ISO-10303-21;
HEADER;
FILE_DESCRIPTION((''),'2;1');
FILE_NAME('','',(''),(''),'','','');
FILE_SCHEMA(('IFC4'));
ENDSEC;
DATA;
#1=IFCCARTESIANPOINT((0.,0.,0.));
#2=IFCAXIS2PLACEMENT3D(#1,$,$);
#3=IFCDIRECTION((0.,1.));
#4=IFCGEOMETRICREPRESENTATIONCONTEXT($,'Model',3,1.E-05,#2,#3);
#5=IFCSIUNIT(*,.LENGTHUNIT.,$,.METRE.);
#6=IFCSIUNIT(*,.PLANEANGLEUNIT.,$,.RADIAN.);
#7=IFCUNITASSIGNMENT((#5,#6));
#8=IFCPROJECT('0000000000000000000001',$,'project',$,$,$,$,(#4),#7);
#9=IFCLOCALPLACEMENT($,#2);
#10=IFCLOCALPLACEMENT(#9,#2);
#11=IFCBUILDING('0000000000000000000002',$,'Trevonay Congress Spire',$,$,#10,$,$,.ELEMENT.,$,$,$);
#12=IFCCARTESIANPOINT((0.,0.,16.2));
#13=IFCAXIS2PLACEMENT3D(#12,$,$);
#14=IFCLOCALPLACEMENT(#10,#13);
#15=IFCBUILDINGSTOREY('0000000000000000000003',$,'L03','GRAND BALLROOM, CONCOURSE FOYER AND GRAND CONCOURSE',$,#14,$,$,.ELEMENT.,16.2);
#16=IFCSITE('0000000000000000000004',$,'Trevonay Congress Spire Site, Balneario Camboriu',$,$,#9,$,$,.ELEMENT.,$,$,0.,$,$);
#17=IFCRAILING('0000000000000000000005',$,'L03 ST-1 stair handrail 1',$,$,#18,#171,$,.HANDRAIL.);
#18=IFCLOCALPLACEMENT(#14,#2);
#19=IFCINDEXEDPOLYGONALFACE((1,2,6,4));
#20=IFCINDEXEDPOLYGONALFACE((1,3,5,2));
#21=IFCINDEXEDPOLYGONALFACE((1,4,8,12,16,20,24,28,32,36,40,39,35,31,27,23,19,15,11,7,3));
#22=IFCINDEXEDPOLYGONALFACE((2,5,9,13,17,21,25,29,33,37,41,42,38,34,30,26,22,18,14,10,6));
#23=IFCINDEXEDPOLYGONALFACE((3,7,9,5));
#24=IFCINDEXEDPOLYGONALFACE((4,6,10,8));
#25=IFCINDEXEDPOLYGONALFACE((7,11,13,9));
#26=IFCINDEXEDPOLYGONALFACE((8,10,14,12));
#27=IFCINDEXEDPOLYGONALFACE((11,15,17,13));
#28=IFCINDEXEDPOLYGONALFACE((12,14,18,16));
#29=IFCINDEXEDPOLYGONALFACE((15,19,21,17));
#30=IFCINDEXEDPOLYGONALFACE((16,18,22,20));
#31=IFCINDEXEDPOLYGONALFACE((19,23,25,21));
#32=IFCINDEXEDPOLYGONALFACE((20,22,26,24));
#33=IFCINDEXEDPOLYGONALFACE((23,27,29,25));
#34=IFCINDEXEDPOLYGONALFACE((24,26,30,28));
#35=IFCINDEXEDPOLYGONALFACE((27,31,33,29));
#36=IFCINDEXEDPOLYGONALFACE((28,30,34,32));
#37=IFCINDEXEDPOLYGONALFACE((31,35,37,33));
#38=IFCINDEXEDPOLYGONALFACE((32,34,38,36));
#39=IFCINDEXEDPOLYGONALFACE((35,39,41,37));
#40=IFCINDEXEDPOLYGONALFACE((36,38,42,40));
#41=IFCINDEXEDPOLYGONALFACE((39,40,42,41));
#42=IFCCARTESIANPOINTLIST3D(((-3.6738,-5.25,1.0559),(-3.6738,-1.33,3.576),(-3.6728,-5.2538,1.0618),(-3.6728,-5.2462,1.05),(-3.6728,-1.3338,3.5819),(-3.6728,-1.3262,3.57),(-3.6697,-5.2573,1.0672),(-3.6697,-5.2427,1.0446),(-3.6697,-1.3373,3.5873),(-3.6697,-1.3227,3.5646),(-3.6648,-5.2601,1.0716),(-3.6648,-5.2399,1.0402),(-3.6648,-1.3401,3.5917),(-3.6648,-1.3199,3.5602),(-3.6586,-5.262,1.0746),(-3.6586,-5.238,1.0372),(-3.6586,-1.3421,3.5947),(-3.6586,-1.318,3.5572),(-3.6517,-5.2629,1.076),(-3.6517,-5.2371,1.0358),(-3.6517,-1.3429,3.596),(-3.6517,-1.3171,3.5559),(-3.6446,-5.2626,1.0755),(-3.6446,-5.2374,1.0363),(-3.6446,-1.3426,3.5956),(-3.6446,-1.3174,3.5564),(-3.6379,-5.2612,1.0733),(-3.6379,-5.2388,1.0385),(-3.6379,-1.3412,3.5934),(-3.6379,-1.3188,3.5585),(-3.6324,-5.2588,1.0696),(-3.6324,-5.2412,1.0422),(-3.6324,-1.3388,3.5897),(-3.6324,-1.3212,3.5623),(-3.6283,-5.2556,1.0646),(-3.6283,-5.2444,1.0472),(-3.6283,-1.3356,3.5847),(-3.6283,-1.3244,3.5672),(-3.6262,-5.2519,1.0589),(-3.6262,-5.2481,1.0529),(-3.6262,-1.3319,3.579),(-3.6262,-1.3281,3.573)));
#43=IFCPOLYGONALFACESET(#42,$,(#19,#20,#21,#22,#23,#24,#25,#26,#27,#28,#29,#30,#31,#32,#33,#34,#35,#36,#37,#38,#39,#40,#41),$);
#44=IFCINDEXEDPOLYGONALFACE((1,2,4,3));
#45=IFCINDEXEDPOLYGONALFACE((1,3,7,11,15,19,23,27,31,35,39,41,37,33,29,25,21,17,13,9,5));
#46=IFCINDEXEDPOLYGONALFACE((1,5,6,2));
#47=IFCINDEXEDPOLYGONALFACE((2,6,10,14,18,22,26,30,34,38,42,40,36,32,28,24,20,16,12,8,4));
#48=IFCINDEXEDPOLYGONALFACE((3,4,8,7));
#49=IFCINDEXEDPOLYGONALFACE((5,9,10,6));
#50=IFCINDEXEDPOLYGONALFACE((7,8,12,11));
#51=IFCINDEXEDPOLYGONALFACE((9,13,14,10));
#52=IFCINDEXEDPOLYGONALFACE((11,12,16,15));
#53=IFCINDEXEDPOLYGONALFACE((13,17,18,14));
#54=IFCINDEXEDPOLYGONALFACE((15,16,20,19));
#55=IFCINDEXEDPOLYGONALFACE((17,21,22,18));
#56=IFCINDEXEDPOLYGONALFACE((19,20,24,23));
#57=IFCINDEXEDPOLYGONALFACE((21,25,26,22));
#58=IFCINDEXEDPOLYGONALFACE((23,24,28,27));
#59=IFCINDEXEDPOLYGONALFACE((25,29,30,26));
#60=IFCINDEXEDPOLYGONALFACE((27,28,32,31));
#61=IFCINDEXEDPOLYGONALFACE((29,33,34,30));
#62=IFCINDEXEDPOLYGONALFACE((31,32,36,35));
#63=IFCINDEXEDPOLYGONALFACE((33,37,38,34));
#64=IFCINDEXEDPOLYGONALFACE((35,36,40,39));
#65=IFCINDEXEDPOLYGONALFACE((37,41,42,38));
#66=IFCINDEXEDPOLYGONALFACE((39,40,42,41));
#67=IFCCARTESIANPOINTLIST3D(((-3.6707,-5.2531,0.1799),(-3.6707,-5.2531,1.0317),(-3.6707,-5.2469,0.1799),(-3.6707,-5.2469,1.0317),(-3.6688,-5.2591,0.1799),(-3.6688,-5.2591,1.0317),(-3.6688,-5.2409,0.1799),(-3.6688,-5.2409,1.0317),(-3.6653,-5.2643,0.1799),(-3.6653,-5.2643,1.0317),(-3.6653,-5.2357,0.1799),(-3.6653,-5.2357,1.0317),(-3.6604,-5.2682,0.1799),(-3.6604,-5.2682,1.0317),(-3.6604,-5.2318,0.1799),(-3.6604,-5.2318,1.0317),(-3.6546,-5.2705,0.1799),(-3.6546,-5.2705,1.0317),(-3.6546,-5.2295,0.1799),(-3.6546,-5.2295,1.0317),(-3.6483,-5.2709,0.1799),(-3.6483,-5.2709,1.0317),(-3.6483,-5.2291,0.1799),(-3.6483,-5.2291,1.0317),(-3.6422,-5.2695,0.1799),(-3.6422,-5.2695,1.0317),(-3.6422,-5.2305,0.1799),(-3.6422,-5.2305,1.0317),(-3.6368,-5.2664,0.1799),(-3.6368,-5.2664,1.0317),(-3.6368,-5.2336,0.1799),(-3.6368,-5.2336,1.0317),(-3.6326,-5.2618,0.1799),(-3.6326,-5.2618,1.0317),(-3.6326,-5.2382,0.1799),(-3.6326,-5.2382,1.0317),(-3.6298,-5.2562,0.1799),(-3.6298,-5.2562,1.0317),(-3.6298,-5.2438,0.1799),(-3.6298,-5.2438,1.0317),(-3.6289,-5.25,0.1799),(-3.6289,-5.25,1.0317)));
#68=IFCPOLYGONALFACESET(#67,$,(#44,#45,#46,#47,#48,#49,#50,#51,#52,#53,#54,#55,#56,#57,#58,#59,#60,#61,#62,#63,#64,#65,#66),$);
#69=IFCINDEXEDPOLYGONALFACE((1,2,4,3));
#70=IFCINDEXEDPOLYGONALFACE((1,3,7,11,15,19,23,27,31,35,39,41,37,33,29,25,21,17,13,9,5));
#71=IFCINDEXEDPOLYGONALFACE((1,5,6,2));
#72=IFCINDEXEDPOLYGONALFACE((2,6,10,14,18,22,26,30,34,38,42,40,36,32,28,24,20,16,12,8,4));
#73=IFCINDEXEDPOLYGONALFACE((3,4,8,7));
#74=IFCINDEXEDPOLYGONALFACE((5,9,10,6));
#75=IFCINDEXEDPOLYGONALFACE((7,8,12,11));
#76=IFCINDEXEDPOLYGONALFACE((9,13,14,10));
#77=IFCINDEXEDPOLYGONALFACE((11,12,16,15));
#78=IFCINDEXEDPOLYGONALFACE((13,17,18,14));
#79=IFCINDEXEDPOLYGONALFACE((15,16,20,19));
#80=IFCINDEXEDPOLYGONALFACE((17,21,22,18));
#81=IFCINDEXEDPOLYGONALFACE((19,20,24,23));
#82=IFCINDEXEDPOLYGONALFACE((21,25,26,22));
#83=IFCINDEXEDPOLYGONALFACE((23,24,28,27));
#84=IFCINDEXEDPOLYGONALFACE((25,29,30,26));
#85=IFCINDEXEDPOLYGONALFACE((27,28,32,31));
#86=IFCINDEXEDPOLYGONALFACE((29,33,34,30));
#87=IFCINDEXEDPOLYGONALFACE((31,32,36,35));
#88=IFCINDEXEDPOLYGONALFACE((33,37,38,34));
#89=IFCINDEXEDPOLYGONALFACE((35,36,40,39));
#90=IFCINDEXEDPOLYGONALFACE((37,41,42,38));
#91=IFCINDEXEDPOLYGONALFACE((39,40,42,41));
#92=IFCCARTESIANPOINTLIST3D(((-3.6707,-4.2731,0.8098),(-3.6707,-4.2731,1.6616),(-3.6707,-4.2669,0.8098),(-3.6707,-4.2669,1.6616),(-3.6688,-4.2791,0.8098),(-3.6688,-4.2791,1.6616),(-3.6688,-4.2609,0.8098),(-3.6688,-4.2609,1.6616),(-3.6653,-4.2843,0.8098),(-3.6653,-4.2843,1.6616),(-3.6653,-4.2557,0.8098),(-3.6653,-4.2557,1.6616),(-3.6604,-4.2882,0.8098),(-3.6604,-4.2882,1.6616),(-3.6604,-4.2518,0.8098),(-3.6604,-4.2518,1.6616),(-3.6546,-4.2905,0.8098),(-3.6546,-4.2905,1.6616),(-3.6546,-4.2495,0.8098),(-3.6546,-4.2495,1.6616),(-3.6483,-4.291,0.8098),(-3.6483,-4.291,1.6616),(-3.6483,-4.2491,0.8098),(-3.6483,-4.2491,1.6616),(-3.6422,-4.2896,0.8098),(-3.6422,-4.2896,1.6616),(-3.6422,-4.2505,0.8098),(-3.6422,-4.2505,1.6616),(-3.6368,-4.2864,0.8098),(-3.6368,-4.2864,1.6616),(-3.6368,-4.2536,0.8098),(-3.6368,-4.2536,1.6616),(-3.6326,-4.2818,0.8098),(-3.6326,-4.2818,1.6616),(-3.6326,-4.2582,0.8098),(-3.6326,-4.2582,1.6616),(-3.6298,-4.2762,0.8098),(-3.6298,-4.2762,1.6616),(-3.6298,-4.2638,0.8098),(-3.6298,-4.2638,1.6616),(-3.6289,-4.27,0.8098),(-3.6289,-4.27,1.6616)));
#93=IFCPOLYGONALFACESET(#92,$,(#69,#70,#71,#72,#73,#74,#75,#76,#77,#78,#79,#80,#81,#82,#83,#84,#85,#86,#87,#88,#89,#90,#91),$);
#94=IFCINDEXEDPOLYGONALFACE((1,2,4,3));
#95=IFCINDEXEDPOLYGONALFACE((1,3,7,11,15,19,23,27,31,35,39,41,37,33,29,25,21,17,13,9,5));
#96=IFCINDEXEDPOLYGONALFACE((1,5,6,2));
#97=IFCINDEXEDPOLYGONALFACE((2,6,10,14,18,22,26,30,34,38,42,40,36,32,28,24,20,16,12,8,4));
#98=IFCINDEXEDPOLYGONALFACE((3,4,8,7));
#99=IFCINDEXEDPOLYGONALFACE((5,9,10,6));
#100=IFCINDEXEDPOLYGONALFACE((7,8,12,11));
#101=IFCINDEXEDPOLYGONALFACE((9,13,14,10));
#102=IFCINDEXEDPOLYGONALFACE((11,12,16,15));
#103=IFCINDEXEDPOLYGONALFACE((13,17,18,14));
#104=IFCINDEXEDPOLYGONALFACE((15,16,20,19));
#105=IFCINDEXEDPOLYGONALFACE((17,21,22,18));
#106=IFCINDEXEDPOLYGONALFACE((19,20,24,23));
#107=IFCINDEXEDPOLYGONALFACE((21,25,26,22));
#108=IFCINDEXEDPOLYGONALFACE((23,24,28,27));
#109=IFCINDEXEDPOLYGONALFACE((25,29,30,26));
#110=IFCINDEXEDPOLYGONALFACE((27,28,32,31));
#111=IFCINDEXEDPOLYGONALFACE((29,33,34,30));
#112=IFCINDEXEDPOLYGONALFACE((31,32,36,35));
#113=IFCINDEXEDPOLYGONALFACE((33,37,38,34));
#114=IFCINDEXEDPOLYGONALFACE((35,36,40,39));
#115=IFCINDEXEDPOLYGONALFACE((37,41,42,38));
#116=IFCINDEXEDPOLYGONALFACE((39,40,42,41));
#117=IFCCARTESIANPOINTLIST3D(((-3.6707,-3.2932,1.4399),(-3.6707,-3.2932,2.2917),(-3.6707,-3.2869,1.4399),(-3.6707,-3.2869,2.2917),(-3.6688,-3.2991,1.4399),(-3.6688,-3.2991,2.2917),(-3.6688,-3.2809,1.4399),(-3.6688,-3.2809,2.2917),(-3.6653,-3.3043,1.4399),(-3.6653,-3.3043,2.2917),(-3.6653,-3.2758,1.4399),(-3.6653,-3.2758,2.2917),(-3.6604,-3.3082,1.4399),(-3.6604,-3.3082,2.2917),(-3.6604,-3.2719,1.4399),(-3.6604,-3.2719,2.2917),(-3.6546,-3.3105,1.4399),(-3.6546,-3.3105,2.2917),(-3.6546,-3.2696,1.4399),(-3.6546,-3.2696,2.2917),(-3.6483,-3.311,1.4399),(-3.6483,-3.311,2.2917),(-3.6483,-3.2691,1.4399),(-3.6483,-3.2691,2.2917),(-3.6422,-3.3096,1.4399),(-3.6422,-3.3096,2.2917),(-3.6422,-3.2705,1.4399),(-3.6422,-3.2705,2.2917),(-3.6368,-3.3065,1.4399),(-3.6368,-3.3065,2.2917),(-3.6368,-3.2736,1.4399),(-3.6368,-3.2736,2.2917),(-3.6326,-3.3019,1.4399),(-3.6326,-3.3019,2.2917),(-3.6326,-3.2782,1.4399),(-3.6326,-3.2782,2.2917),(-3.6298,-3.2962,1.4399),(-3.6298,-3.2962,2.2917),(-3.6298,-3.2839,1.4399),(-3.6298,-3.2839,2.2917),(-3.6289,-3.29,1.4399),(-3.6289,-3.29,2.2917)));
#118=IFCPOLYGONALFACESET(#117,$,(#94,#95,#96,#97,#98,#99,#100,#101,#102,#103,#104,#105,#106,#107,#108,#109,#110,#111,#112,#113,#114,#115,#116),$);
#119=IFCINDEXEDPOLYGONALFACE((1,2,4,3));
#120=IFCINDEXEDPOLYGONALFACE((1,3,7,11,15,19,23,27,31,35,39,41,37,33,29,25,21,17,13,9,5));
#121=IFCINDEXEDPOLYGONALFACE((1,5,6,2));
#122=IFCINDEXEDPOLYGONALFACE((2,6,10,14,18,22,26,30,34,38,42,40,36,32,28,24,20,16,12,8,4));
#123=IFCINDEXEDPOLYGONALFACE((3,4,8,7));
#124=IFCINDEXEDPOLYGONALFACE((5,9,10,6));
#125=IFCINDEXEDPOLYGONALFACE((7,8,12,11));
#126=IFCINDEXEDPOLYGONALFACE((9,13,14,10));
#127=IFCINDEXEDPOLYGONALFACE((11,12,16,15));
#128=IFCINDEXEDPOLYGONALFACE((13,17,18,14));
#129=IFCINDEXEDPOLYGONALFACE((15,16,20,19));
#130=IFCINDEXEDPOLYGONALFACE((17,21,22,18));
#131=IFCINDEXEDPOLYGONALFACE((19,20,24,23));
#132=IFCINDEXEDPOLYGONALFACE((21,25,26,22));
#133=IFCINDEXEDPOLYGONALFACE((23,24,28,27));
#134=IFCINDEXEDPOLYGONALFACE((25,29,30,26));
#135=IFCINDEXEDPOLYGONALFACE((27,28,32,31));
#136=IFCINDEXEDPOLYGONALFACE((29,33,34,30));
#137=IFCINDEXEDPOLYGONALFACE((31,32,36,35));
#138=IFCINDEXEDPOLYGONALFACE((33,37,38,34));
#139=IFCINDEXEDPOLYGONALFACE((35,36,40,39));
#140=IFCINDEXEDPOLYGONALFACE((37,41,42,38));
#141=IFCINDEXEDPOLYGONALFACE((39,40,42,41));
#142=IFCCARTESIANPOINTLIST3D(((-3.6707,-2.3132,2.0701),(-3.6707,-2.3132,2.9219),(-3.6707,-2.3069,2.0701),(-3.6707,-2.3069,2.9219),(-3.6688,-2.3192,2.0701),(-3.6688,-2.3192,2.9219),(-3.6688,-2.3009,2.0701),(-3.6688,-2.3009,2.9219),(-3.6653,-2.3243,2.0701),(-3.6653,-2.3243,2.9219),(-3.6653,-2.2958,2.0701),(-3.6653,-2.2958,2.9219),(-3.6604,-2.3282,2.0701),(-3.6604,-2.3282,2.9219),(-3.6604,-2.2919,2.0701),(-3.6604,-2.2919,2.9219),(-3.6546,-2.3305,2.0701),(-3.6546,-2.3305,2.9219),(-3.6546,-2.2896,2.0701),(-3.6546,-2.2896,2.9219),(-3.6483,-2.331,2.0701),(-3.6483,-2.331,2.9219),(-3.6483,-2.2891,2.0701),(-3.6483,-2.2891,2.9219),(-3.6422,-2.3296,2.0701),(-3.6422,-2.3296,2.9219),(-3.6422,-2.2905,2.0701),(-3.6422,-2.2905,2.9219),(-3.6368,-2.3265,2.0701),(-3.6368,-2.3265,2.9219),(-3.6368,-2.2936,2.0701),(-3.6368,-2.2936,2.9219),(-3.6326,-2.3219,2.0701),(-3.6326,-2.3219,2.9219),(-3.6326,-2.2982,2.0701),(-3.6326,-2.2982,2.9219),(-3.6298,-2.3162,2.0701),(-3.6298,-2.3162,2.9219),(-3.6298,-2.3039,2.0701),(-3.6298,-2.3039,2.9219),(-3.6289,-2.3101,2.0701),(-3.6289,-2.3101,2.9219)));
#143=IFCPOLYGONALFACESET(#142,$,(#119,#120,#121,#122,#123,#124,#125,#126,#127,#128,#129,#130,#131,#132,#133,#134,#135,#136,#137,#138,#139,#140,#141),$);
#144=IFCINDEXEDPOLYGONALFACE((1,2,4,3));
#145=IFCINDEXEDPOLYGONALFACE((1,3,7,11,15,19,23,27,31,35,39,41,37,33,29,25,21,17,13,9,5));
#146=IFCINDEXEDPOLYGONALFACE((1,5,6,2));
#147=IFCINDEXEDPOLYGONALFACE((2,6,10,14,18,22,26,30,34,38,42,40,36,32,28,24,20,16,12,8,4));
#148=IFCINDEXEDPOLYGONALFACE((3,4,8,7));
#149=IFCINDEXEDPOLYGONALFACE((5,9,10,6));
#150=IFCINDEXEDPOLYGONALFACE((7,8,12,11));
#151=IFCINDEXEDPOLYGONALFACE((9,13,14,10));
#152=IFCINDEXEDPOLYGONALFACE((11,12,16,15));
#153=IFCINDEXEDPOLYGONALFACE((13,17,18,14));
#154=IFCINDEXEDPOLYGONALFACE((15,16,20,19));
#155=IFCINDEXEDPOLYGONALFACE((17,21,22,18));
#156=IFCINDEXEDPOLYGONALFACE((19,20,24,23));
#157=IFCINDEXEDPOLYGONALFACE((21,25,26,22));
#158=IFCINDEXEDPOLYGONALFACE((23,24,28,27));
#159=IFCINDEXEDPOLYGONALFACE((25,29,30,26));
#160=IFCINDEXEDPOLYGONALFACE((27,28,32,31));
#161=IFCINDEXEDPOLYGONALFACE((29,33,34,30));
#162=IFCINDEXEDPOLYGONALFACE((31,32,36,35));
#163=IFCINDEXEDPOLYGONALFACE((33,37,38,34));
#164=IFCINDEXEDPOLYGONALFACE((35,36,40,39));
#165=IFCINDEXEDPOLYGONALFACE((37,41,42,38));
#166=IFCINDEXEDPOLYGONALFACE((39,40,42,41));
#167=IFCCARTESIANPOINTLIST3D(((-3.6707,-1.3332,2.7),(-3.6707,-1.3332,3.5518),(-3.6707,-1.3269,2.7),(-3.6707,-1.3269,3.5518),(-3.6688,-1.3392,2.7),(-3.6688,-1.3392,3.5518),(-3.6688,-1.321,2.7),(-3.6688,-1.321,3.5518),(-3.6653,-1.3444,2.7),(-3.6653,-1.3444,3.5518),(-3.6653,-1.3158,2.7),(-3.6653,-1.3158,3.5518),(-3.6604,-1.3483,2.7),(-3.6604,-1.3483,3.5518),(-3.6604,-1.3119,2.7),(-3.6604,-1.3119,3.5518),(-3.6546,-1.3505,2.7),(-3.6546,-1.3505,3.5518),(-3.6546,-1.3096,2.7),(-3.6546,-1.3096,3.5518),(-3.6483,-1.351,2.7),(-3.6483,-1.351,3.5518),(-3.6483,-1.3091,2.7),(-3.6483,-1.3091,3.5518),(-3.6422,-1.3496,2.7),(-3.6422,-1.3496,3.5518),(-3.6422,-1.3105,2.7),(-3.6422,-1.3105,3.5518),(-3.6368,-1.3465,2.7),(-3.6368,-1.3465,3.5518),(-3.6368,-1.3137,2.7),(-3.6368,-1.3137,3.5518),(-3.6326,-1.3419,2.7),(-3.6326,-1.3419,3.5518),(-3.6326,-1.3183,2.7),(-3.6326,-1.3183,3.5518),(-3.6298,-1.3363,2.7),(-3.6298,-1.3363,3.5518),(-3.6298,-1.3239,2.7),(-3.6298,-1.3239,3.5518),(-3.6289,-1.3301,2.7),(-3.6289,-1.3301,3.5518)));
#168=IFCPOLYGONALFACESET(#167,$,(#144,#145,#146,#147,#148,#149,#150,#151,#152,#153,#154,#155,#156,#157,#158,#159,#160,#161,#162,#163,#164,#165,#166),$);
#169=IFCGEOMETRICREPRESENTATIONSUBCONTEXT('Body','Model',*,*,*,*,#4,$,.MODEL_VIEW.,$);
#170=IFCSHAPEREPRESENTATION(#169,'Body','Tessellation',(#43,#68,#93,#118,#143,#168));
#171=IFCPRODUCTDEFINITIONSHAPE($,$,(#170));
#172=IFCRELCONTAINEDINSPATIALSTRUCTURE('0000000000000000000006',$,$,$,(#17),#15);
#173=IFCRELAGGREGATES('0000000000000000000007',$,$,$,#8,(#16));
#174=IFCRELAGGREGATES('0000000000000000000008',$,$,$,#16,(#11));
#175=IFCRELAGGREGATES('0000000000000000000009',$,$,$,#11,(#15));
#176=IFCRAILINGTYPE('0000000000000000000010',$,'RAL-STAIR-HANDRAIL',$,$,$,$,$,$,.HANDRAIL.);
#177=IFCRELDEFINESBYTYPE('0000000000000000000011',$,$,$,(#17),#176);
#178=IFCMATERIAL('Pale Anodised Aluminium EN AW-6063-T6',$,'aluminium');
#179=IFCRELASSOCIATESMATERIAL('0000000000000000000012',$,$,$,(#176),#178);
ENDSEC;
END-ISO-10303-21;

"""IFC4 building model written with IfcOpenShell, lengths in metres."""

from ifc_helpers import new_model, si_unit, direction, frame, origin, origin_2d, place, context, subcontext, project, spatial, circle, extrude, material, type_object, element, save


model = new_model("IFC4")

# Units and contexts
model_context = context("Model", 3, precision=1e-05, world=origin(), true_north=direction((0.0, 1.0)))
body_context = subcontext(model_context, "Body", "Model", "MODEL_VIEW")
ifc_project = project(units=[si_unit("LENGTHUNIT", "METRE"), si_unit("PLANEANGLEUNIT", "RADIAN")], contexts=[model_context])

# Site, building, storey
site_placement = place(None, origin())
site = spatial("IfcSite", under=ifc_project, at=site_placement, Name="Trevonay Congress Spire Site, Balneario Camboriu", CompositionType="ELEMENT", RefElevation=0.0)
building_placement = place(site_placement, origin())
building = spatial("IfcBuilding", under=site, at=building_placement, Name="Trevonay Congress Spire", CompositionType="ELEMENT")
storey_placement = place(building_placement, frame((0.0, 0.0, 16.2)))
storey = spatial("IfcBuildingStorey", under=building, at=storey_placement, Name="L03", Description="GRAND BALLROOM, CONCOURSE FOYER AND GRAND CONCOURSE", CompositionType="ELEMENT", Elevation=16.2)

# Railing
ifc_material_1 = material(Name="Pale Anodised Aluminium EN AW-6063-T6", Category="aluminium")
railing_type_1 = type_object("IfcRailingType", Name="RAL-STAIR-HANDRAIL", PredefinedType="HANDRAIL", material=ifc_material_1)
railing_1_placement = place(storey_placement, frame((-3.6499, -5.25, 0.1799)))
element("IfcRailing", 1, at=railing_1_placement, inside=storey, type_object=railing_type_1, Name="L03 ST-1 stair handrail 1", PredefinedType="HANDRAIL", context=body_context, shape_type="SweptSolid", body=[
    extrude(circle(Radius=0.0239, at=origin_2d()), frame((0.0, 0.0, 0.876), z_axis=(0.0, 0.841172, 0.540768), x_axis=(-1.0, 0.0, 0.0)), (0.0, 0.0, 1.0), 4.6602),
    extrude(circle(Radius=0.021, at=origin_2d()), origin(), (0.0, 0.0, 1.0), 0.8518),
    extrude(circle(Radius=0.021, at=origin_2d()), frame((0.0, 0.98, 0.6299)), (0.0, 0.0, 1.0), 0.8518),
    extrude(circle(Radius=0.021, at=origin_2d()), frame((0.0, 1.96, 1.26)), (0.0, 0.0, 1.0), 0.8518),
    extrude(circle(Radius=0.021, at=origin_2d()), frame((0.0, 2.9399, 1.8901)), (0.0, 0.0, 1.0), 0.8518),
    extrude(circle(Radius=0.021, at=origin_2d()), frame((0.0, 3.9199, 2.52)), (0.0, 0.0, 1.0), 0.8518),
])

save(model, "model.ifc")
